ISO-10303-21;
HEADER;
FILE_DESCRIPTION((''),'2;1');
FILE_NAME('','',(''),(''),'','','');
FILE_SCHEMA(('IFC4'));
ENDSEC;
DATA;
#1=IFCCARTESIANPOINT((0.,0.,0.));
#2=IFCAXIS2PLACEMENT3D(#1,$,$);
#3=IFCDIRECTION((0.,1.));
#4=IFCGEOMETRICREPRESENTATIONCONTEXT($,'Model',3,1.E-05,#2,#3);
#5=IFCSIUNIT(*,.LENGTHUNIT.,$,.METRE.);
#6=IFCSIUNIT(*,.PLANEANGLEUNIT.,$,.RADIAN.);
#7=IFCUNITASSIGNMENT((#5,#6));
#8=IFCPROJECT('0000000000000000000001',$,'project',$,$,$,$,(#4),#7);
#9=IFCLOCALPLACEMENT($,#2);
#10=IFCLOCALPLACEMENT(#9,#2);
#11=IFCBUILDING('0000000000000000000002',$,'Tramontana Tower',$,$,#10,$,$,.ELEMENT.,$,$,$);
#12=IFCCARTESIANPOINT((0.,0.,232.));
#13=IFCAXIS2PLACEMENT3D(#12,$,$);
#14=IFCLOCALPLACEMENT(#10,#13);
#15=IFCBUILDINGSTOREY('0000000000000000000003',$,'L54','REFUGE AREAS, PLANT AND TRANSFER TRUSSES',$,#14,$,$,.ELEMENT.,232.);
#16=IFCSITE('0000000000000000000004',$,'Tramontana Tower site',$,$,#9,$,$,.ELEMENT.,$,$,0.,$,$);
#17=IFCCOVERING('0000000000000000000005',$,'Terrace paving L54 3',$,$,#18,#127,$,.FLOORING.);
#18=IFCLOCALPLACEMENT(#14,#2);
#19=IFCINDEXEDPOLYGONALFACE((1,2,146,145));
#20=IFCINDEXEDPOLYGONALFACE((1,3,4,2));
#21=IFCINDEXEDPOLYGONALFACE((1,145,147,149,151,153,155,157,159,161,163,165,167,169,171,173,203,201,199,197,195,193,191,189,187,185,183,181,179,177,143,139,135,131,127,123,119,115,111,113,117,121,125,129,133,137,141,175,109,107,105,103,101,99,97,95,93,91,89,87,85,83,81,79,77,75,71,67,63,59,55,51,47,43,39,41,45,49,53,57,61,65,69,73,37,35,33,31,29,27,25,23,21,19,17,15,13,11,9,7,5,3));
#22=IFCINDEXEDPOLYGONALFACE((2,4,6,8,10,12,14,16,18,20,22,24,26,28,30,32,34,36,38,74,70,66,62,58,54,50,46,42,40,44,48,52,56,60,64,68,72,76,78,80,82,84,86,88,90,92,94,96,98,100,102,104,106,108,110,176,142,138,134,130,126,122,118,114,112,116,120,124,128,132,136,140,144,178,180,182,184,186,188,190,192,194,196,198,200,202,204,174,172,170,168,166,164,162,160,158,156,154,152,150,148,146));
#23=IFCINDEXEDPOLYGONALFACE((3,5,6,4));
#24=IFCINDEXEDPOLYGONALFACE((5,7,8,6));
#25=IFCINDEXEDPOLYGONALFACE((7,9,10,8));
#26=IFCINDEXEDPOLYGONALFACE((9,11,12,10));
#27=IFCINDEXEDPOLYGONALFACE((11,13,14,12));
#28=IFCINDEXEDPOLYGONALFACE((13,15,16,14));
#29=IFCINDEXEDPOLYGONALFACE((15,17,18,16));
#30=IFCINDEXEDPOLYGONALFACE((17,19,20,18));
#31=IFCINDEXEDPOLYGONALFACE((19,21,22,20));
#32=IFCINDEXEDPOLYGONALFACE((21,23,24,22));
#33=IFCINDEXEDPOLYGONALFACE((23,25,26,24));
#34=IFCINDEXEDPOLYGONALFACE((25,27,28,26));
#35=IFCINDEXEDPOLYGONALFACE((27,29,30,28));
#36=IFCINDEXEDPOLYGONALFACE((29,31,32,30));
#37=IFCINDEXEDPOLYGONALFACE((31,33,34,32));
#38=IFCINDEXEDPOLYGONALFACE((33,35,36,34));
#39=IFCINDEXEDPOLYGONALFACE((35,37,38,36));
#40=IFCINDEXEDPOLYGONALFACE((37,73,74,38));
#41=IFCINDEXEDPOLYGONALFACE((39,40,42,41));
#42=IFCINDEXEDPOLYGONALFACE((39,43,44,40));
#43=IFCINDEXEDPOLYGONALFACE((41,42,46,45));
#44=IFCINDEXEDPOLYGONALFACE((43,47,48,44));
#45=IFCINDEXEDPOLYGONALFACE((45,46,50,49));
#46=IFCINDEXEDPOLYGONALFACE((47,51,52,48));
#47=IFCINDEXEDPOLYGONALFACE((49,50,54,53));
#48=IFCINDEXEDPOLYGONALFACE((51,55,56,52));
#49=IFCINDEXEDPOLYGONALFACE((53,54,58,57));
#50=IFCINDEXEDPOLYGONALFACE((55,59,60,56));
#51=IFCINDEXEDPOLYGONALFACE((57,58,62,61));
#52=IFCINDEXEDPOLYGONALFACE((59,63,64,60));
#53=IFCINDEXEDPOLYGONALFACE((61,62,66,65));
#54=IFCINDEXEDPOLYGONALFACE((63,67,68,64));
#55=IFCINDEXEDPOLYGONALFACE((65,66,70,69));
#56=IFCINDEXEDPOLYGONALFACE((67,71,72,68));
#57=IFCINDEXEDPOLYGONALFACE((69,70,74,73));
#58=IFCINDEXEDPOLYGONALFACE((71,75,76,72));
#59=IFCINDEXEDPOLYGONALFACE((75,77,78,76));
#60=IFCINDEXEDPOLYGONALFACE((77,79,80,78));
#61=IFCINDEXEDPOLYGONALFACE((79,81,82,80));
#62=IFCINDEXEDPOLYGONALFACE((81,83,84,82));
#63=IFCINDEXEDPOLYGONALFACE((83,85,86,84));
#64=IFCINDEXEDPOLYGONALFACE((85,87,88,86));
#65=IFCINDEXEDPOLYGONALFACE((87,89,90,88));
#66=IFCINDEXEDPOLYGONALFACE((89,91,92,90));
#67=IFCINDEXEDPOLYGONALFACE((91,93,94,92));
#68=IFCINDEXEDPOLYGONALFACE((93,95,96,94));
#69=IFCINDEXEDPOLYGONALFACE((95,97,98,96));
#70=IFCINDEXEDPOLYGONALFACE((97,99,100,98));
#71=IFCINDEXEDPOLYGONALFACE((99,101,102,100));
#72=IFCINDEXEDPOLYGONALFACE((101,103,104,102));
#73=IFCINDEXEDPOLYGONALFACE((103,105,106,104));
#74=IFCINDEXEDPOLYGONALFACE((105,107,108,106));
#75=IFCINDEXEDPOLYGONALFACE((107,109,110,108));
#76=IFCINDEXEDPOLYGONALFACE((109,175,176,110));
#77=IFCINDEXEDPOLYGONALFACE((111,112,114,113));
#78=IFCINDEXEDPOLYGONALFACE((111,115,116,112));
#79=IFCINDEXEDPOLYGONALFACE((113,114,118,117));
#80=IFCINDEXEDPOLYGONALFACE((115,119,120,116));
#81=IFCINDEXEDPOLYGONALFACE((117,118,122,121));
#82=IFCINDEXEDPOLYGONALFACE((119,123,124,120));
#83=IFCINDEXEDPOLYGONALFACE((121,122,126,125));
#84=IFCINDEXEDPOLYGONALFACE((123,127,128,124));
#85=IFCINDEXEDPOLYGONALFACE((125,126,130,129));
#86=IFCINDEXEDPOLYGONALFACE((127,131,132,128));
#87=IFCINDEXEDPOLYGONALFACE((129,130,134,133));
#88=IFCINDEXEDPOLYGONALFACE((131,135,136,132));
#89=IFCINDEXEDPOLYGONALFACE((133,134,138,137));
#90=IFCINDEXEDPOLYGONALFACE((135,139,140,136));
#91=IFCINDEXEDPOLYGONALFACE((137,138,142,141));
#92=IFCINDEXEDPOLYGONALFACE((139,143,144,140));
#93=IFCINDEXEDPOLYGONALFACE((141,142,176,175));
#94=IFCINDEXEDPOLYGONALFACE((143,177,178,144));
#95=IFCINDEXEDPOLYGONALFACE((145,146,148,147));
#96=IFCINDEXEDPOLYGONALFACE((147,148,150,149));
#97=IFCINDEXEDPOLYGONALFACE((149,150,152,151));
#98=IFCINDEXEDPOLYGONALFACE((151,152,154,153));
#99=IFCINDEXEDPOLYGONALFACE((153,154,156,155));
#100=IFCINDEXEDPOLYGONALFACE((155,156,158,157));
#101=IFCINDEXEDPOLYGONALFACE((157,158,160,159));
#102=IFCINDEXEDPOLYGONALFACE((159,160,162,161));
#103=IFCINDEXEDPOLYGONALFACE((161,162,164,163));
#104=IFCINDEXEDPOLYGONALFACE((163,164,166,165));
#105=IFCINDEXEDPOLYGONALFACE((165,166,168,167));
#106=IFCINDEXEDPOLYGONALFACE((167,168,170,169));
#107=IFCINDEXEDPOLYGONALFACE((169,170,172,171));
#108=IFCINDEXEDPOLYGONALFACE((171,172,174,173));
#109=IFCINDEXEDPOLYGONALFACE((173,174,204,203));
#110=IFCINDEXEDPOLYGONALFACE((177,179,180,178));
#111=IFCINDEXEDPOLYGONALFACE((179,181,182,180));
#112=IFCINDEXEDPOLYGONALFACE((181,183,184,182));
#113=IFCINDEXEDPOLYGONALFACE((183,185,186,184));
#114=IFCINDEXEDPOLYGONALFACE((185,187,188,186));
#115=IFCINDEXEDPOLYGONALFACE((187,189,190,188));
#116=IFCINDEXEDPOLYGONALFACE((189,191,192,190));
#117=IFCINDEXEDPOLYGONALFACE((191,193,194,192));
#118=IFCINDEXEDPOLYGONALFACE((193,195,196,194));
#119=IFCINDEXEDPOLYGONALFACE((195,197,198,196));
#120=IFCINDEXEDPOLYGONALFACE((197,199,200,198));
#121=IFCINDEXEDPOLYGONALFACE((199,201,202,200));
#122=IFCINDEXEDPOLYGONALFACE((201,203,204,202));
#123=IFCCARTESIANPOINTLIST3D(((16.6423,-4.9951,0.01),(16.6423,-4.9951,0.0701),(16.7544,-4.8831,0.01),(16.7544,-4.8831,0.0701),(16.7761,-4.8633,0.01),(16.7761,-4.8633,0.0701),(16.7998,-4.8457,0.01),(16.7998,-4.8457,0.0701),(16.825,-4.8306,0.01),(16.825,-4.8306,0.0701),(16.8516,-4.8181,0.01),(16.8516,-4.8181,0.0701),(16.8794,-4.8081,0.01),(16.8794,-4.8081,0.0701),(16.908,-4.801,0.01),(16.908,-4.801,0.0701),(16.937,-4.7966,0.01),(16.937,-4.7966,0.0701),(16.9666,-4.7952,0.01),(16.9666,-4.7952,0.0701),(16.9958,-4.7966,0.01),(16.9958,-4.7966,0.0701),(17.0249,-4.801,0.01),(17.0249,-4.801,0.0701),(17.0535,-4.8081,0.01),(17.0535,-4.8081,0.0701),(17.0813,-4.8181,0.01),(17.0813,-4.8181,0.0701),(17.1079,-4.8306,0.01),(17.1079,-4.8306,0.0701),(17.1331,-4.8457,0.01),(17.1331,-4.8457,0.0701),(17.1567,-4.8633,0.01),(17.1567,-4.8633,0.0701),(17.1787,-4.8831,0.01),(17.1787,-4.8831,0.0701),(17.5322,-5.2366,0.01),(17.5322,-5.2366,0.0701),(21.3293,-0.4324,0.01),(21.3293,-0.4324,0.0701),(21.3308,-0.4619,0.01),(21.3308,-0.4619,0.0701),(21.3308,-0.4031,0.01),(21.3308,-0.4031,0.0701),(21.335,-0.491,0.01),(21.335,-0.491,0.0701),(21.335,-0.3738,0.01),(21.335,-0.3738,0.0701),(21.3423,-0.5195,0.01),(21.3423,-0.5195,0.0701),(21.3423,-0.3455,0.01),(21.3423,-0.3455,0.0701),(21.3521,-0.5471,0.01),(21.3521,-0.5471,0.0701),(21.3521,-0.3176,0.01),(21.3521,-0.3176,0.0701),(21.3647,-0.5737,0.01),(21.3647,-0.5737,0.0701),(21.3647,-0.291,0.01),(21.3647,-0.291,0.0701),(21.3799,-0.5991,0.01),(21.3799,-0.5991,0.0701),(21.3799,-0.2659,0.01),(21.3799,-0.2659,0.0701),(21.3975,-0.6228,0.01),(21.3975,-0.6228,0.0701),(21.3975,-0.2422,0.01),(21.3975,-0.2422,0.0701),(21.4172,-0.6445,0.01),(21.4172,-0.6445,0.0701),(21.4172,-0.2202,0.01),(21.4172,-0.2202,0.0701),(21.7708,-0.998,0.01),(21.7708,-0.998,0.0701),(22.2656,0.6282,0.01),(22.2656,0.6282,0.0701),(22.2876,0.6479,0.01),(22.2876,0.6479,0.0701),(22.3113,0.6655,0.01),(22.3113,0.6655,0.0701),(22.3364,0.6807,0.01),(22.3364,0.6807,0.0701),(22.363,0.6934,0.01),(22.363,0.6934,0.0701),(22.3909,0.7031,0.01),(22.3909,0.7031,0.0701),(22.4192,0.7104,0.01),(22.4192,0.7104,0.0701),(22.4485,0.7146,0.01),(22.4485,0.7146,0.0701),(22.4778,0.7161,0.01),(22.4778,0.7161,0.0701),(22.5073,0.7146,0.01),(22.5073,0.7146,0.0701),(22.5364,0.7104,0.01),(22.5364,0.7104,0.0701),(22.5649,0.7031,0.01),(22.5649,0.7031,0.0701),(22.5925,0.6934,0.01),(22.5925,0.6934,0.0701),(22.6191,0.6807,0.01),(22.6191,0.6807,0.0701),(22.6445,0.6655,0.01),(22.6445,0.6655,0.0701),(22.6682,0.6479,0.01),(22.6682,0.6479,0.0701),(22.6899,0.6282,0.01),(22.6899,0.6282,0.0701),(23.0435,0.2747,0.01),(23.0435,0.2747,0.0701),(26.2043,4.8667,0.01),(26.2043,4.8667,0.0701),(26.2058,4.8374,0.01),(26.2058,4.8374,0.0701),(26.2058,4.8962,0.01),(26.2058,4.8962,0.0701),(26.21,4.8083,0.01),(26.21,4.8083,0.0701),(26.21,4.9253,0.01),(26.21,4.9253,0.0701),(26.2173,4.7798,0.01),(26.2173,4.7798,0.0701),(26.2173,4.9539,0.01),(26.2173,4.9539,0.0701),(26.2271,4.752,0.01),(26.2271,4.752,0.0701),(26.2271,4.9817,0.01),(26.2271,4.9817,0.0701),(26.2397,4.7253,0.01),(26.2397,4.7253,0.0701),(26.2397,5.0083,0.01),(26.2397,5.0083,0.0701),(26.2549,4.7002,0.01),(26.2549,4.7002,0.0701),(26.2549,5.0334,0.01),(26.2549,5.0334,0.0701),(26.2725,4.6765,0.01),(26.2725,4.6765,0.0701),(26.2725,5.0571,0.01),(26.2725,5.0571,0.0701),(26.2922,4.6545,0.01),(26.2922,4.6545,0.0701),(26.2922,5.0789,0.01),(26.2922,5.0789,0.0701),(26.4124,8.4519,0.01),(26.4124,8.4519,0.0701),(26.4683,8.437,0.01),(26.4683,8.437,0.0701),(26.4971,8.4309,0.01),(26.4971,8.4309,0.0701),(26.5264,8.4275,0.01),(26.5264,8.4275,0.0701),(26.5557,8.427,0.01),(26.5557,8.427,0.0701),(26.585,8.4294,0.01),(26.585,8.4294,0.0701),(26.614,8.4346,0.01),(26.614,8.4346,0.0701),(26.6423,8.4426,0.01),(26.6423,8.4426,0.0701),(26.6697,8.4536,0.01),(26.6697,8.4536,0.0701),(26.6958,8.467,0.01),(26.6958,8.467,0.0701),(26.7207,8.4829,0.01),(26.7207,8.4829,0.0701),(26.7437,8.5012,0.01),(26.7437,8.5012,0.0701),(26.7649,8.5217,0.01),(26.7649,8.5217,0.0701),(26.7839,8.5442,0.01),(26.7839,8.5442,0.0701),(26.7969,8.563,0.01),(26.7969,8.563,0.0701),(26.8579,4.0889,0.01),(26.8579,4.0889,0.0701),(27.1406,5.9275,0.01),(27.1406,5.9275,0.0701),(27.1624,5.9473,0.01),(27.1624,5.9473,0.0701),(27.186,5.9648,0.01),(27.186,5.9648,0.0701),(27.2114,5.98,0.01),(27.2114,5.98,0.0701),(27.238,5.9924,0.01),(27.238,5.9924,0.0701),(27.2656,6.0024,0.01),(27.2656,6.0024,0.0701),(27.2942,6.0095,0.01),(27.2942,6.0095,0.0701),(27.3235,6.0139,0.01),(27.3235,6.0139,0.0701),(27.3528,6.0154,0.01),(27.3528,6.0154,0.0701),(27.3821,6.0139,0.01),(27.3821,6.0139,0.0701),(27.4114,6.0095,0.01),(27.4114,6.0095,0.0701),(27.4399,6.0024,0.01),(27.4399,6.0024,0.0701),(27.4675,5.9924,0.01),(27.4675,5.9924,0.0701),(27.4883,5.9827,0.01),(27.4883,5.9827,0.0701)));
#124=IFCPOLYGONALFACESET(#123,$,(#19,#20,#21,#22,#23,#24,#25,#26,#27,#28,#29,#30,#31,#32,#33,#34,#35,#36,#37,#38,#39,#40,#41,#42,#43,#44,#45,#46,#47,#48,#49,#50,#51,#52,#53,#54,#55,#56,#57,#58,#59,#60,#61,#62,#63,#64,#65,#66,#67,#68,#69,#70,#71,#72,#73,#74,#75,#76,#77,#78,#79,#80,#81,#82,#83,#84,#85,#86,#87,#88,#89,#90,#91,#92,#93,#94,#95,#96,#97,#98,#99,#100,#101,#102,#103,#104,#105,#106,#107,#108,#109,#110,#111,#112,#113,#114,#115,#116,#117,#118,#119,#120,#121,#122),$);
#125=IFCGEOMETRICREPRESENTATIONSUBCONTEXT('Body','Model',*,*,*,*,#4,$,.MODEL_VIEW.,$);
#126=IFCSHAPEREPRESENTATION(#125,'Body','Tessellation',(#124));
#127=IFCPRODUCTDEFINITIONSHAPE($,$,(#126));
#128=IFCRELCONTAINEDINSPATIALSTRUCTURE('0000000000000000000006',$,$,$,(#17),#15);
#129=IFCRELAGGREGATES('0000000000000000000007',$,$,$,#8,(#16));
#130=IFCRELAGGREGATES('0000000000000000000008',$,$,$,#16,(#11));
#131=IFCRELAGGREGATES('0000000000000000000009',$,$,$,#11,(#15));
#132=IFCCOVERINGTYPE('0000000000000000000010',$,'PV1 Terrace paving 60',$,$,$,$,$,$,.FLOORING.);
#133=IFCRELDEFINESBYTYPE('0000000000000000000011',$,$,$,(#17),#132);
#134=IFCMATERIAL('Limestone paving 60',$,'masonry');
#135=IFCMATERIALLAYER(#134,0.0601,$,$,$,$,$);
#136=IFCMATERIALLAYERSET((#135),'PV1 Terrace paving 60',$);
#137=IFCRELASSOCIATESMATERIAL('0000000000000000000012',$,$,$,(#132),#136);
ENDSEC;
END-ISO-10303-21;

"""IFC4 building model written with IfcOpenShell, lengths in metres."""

from ifc_helpers import new_model, si_unit, direction, frame, origin, place, context, subcontext, project, spatial, polyline, outline, extrude, material, layer, layer_set, type_object, element, save


model = new_model("IFC4")

# Units and contexts
model_context = context("Model", 3, precision=1e-05, world=origin(), true_north=direction((0.0, 1.0)))
body_context = subcontext(model_context, "Body", "Model", "MODEL_VIEW")
ifc_project = project(units=[si_unit("LENGTHUNIT", "METRE"), si_unit("PLANEANGLEUNIT", "RADIAN")], contexts=[model_context])

# Site, building, storey
site_placement = place(None, origin())
site = spatial("IfcSite", under=ifc_project, at=site_placement, Name="Tramontana Tower site", CompositionType="ELEMENT", RefElevation=0.0)
building_placement = place(site_placement, origin())
building = spatial("IfcBuilding", under=site, at=building_placement, Name="Tramontana Tower", CompositionType="ELEMENT")
storey_placement = place(building_placement, frame((0.0, 0.0, 232.0)))
storey = spatial("IfcBuildingStorey", under=building, at=storey_placement, Name="L54", Description="REFUGE AREAS, PLANT AND TRANSFER TRUSSES", CompositionType="ELEMENT", Elevation=232.0)

# Covering
ifc_material_1 = material(Name="Limestone paving 60", Category="masonry")
ifc_layer_1 = layer(ifc_material_1, 0.0601)
ifc_layer_set_1 = layer_set([ifc_layer_1], Name="PV1 Terrace paving 60")
covering_type_1 = type_object("IfcCoveringType", Name="PV1 Terrace paving 60", PredefinedType="FLOORING", material=ifc_layer_set_1)
covering_1_placement = place(storey_placement, frame((0.0, 0.0, 0.01)))
element("IfcCovering", 1, at=covering_1_placement, inside=storey, type_object=covering_type_1, Name="Terrace paving L54 3", PredefinedType="FLOORING", context=body_context, shape_type="SweptSolid", body=[
    extrude(outline(polyline([(27.4883, 5.9827), (27.4675, 5.9924), (27.4399, 6.0024), (27.4114, 6.0095), (27.3821, 6.0139), (27.3528, 6.0154), (27.3235, 6.0139), (27.2942, 6.0095), (27.2656, 6.0024), (27.238, 5.9924), (27.2114, 5.98), (27.186, 5.9648), (27.1624, 5.9473), (27.1406, 5.9275), (26.2922, 5.0789), (26.2725, 5.0571), (26.2549, 5.0334), (26.2397, 5.0083), (26.2271, 4.9817), (26.2173, 4.9539), (26.21, 4.9253), (26.2058, 4.8962), (26.2043, 4.8667), (26.2058, 4.8374), (26.21, 4.8083), (26.2173, 4.7798), (26.2271, 4.752), (26.2397, 4.7253), (26.2549, 4.7002), (26.2725, 4.6765), (26.2922, 4.6545), (26.8579, 4.0889), (23.0435, 0.2747), (22.6899, 0.6282), (22.6682, 0.6479), (22.6445, 0.6655), (22.6191, 0.6807), (22.5925, 0.6934), (22.5649, 0.7031), (22.5364, 0.7104), (22.5073, 0.7146), (22.4778, 0.7161), (22.4485, 0.7146), (22.4192, 0.7104), (22.3909, 0.7031), (22.363, 0.6934), (22.3364, 0.6807), (22.3113, 0.6655), (22.2876, 0.6479), (22.2656, 0.6282), (21.4172, -0.2202), (21.3975, -0.2422), (21.3799, -0.2659), (21.3647, -0.291), (21.3521, -0.3176), (21.3423, -0.3455), (21.335, -0.3738), (21.3308, -0.4031), (21.3293, -0.4324), (21.3308, -0.4619), (21.335, -0.491), (21.3423, -0.5195), (21.3521, -0.5471), (21.3647, -0.5737), (21.3799, -0.5991), (21.3975, -0.6228), (21.4172, -0.6445), (21.7708, -0.998), (17.5322, -5.2366), (17.1787, -4.8831), (17.1567, -4.8633), (17.1331, -4.8457), (17.1079, -4.8306), (17.0813, -4.8181), (17.0535, -4.8081), (17.0249, -4.801), (16.9958, -4.7966), (16.9666, -4.7952), (16.937, -4.7966), (16.908, -4.801), (16.8794, -4.8081), (16.8516, -4.8181), (16.825, -4.8306), (16.7998, -4.8457), (16.7761, -4.8633), (16.7544, -4.8831), (16.6423, -4.9951), (26.4124, 8.4519), (26.4683, 8.437), (26.4971, 8.4309), (26.5264, 8.4275), (26.5557, 8.427), (26.585, 8.4294), (26.614, 8.4346), (26.6423, 8.4426), (26.6697, 8.4536), (26.6958, 8.467), (26.7207, 8.4829), (26.7437, 8.5012), (26.7649, 8.5217), (26.7839, 8.5442), (26.7969, 8.563), (27.4883, 5.9827)])), origin(), (0.0, 0.0, 1.0), 0.0601),
])

save(model, "model.ifc")
